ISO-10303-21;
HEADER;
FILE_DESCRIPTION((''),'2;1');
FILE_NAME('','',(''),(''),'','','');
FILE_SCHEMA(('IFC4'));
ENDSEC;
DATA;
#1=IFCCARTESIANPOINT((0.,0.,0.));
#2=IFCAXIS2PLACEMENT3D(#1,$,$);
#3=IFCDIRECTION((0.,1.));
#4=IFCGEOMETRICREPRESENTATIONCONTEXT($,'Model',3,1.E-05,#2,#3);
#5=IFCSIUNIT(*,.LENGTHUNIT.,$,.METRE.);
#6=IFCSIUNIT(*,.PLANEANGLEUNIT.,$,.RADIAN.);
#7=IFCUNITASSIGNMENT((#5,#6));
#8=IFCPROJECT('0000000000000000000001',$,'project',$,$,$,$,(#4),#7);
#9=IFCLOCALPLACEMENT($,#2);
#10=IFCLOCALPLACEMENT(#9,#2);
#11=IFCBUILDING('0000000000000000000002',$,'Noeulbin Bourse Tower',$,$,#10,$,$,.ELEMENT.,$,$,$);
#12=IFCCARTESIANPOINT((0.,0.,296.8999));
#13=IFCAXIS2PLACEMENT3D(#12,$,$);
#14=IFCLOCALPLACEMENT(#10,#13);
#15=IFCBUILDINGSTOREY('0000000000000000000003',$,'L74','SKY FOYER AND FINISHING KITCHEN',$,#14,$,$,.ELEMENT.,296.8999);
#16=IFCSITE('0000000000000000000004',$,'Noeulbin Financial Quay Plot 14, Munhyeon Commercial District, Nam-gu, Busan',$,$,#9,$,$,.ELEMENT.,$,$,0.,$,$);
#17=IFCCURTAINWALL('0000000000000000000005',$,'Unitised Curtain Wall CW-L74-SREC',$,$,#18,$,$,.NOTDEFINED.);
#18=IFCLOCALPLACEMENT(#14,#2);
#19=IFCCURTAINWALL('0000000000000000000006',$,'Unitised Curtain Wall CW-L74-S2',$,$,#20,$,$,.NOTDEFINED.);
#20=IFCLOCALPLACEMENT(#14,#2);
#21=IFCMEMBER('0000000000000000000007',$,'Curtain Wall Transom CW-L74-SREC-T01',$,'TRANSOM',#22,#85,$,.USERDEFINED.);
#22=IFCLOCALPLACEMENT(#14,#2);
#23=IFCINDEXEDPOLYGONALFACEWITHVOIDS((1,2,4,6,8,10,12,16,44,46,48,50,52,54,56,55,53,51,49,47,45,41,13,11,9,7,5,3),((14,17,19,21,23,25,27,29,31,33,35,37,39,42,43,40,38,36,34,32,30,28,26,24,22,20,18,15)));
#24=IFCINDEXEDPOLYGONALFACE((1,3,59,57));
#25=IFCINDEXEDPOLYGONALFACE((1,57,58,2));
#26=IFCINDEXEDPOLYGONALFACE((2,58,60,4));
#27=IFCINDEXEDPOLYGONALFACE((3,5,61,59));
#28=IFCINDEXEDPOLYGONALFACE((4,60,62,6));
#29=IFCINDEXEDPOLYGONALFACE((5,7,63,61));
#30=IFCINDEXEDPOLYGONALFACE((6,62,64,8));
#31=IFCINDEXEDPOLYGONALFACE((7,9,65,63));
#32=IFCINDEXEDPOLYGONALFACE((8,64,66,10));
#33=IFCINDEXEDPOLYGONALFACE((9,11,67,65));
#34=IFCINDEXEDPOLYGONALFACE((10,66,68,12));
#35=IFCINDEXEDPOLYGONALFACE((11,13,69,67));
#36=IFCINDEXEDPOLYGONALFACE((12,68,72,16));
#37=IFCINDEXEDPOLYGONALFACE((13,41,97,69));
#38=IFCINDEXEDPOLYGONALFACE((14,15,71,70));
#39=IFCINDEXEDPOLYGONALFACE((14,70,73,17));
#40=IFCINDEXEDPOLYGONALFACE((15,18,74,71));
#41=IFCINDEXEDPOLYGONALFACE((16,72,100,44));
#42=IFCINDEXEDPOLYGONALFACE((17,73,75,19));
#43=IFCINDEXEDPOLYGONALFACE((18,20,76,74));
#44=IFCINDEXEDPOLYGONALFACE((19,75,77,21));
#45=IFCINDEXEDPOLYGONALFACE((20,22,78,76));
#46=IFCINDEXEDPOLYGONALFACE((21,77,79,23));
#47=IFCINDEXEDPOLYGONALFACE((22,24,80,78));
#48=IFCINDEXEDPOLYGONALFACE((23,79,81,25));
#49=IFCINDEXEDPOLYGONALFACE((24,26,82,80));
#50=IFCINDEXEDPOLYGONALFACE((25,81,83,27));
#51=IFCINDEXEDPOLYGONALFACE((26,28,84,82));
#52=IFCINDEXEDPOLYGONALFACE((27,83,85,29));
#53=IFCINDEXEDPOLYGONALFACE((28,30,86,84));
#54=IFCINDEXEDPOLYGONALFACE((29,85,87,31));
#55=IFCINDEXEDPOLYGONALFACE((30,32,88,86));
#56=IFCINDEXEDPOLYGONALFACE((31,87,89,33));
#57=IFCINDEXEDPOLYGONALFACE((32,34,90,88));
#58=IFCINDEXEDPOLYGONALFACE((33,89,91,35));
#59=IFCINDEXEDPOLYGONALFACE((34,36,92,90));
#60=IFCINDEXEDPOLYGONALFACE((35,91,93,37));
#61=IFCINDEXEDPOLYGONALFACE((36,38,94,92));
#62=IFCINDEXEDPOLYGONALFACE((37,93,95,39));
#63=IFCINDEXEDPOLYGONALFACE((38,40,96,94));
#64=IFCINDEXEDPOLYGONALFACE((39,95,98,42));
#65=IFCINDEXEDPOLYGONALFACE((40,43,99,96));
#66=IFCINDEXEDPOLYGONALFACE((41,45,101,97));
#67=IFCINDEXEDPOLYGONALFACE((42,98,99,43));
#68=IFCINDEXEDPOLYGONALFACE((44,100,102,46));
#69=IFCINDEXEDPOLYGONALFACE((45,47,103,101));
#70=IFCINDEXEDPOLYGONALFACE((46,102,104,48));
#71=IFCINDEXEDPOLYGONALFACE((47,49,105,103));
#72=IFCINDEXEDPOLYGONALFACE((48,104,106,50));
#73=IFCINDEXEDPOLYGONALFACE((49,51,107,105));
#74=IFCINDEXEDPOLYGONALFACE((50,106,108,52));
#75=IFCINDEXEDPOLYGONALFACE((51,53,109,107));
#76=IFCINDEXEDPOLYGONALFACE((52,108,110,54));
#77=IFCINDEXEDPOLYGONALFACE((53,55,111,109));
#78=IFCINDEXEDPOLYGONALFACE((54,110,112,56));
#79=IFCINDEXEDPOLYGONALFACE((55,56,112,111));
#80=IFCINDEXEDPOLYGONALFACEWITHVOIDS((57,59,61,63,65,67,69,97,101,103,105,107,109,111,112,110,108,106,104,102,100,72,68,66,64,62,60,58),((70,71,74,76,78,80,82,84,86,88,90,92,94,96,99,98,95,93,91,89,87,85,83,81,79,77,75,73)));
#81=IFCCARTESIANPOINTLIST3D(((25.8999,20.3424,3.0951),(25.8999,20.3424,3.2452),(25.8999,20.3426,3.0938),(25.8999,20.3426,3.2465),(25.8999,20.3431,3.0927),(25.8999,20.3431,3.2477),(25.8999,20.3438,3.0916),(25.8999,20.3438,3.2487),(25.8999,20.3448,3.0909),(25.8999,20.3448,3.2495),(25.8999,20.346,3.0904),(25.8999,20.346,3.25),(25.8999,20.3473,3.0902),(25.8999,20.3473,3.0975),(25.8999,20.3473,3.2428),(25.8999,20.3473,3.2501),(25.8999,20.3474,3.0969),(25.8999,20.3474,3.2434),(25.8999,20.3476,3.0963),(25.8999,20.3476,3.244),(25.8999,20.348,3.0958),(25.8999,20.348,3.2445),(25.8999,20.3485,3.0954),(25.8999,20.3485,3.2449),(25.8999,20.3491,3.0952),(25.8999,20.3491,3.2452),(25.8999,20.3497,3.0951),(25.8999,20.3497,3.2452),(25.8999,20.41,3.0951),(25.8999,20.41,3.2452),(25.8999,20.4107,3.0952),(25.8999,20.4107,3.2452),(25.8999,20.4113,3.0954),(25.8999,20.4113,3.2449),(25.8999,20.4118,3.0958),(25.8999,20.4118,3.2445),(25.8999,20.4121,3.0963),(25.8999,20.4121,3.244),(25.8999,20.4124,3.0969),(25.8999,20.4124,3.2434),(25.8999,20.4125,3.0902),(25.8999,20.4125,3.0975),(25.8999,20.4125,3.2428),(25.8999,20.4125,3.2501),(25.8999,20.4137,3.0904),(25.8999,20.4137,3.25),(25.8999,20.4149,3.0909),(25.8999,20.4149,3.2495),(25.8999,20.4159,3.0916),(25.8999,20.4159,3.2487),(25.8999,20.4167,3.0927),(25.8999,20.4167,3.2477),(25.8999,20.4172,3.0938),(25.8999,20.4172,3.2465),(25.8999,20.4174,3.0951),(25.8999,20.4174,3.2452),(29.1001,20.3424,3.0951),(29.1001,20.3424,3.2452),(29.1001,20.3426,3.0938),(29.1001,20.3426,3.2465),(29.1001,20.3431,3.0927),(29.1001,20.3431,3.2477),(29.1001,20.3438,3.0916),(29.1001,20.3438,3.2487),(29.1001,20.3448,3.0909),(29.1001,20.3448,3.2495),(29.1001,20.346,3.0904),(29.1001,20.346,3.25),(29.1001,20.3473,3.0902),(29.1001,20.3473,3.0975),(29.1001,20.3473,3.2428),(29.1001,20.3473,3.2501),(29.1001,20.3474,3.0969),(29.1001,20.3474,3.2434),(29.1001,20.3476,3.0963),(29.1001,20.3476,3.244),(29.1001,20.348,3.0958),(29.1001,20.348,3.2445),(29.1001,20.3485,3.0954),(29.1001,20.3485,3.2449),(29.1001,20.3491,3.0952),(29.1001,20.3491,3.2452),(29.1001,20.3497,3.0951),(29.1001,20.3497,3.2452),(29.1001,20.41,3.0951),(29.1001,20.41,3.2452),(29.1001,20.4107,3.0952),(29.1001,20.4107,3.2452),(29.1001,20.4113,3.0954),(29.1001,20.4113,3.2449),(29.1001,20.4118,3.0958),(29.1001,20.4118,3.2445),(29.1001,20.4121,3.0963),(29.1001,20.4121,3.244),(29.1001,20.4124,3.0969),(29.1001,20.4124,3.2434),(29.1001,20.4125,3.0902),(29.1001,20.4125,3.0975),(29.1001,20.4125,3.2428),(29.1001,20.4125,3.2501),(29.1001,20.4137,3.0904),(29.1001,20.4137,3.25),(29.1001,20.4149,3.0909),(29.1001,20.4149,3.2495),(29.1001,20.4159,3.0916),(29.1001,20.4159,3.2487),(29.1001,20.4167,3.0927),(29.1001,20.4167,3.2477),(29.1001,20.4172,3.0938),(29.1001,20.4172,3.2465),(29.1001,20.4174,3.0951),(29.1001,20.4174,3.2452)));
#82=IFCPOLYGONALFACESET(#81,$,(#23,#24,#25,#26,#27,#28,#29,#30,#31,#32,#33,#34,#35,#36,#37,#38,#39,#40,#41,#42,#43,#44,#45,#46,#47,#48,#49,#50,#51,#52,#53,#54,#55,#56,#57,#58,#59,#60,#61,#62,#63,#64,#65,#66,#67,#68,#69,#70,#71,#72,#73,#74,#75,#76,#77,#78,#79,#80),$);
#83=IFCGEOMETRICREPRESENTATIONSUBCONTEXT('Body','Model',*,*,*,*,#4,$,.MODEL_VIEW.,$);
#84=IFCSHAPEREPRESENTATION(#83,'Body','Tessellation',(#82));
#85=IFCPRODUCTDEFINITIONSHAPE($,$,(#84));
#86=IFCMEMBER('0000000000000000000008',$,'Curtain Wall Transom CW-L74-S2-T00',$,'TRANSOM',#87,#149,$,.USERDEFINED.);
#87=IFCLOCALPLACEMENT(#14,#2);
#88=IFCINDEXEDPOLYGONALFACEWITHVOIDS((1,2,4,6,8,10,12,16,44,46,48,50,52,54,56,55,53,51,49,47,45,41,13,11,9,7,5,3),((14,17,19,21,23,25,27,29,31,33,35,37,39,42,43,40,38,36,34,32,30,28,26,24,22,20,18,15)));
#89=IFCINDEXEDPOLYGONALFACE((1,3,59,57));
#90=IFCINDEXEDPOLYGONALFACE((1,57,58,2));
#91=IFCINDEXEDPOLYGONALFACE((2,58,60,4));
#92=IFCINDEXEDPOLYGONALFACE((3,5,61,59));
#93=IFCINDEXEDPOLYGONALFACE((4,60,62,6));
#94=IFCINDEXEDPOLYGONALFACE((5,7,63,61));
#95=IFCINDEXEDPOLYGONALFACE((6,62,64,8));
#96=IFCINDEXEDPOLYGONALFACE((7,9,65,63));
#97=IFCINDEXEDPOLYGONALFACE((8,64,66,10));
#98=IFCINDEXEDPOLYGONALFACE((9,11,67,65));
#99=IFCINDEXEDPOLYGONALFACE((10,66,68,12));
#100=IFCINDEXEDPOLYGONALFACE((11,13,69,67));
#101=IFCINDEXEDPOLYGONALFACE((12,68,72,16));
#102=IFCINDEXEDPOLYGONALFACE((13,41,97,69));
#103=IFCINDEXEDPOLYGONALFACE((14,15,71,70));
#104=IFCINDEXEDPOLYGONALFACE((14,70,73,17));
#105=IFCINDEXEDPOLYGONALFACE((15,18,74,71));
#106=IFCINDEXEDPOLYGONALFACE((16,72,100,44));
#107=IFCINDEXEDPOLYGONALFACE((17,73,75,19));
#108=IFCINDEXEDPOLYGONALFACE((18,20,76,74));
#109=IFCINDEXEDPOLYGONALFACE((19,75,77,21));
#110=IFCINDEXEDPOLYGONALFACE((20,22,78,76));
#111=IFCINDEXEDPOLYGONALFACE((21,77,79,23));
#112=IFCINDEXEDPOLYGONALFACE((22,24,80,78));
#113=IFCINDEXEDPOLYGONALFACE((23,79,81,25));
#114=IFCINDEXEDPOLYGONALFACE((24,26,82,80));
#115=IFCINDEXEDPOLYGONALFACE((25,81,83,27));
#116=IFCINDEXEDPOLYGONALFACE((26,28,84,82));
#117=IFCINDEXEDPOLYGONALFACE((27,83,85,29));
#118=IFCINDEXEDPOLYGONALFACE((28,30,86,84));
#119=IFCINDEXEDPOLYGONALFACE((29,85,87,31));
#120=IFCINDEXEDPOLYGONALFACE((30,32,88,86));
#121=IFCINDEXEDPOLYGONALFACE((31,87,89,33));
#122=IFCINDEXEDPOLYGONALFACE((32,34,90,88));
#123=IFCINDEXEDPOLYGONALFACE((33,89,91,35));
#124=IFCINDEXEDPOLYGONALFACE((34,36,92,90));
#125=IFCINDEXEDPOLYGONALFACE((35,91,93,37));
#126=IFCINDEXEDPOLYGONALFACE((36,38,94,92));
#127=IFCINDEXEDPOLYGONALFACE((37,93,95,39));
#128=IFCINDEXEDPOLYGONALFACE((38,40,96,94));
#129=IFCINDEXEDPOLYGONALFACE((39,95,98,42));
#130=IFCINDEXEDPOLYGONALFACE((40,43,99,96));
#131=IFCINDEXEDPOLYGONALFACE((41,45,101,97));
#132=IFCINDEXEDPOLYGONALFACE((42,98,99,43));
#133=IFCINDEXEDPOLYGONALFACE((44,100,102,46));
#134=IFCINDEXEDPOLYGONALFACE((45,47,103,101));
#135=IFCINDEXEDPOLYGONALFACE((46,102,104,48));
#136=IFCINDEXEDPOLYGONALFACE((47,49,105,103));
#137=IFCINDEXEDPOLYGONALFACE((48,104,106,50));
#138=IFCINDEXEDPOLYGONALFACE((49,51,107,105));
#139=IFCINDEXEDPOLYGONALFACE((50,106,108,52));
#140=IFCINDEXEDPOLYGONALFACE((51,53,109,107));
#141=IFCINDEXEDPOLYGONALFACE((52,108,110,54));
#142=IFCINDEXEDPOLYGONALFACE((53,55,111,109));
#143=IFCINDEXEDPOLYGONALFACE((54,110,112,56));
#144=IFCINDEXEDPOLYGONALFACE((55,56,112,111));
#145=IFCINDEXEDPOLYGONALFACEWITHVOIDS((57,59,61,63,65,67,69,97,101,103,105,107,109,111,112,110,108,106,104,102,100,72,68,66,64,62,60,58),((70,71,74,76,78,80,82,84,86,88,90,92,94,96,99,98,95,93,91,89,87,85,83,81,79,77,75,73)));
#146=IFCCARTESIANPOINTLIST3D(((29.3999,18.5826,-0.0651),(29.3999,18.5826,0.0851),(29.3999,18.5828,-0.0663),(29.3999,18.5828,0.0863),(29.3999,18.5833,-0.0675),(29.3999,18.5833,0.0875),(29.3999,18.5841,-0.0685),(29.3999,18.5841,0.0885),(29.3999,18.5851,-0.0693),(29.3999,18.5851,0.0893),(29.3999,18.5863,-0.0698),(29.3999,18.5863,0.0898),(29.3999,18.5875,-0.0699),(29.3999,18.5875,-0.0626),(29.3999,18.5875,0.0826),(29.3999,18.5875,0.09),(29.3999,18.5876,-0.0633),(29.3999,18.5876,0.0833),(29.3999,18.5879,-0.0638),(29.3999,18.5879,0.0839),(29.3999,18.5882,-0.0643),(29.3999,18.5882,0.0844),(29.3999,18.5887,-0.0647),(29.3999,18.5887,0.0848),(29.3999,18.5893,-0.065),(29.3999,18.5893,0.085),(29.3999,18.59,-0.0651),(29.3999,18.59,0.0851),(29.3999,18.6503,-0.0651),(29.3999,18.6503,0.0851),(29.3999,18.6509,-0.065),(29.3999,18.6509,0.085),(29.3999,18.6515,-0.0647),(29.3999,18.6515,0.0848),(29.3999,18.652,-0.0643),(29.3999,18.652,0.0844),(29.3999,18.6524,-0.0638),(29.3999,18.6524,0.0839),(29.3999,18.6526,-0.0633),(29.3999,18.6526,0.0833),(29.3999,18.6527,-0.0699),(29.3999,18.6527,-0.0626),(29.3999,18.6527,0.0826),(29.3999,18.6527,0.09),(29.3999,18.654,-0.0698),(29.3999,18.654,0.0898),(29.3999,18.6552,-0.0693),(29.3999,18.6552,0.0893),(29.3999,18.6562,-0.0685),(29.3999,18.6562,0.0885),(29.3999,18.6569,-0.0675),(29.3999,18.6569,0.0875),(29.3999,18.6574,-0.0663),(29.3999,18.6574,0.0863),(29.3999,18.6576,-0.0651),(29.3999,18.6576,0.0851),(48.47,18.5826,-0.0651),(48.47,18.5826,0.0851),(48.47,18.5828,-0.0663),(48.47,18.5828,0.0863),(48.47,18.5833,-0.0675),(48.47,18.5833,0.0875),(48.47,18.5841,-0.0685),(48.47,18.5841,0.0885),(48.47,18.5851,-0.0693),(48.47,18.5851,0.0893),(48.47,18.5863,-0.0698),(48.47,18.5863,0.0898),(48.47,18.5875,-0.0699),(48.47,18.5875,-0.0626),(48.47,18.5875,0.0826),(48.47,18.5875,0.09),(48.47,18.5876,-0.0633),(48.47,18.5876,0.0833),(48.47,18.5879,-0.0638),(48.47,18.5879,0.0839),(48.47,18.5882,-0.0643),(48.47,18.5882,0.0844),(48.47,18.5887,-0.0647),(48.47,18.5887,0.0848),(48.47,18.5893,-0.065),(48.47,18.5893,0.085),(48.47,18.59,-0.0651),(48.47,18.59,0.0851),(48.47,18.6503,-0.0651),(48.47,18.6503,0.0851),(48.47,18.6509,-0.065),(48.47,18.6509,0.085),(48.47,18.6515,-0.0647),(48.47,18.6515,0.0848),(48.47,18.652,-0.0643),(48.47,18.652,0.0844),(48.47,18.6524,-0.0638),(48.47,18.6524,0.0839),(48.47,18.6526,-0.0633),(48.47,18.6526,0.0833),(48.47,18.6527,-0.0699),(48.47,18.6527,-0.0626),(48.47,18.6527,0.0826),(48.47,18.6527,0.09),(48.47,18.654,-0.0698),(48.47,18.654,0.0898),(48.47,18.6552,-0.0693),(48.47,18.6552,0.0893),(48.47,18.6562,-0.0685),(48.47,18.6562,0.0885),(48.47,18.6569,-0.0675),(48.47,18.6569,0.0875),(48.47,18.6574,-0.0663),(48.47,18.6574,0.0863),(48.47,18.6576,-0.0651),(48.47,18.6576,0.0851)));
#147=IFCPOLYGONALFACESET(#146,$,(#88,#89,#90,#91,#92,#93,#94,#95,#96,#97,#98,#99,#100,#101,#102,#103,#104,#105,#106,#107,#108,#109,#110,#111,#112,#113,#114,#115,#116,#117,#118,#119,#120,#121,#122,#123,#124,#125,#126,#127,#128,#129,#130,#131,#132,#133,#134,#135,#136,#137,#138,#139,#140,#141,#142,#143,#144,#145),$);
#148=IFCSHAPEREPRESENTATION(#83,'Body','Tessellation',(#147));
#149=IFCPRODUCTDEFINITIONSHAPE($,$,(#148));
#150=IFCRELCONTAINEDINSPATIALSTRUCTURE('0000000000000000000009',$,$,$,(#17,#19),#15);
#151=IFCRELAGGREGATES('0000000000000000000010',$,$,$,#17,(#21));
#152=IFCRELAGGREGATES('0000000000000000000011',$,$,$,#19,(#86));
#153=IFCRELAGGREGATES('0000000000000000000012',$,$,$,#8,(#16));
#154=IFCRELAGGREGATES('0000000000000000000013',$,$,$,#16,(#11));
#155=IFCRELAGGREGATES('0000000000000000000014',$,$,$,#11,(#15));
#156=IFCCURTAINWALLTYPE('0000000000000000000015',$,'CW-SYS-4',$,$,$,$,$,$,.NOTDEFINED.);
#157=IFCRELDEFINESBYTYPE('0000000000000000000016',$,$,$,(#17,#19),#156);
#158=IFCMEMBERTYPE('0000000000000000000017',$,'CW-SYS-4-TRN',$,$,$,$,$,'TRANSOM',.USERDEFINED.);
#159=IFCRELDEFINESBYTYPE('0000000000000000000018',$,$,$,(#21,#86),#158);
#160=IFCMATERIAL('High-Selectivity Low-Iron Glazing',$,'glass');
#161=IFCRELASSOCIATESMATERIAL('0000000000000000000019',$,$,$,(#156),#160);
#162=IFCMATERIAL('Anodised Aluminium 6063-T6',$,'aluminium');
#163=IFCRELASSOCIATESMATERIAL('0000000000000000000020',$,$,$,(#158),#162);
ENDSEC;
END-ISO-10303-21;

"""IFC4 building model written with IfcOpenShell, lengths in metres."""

from ifc_helpers import new_model, si_unit, direction, frame, origin, origin_2d, place, context, subcontext, project, spatial, hollow_rectangle, extrude, material, material_profile, profile_set, type_object, element, aggregate, save


model = new_model("IFC4")

# Units and contexts
model_context = context("Model", 3, precision=1e-05, world=origin(), true_north=direction((0.0, 1.0)))
body_context = subcontext(model_context, "Body", "Model", "MODEL_VIEW")
ifc_project = project(units=[si_unit("LENGTHUNIT", "METRE"), si_unit("PLANEANGLEUNIT", "RADIAN")], contexts=[model_context])

# Site, building, storey
site_placement = place(None, origin())
site = spatial("IfcSite", under=ifc_project, at=site_placement, Name="Noeulbin Financial Quay Plot 14, Munhyeon Commercial District, Nam-gu, Busan", CompositionType="ELEMENT", RefElevation=0.0)
building_placement = place(site_placement, origin())
building = spatial("IfcBuilding", under=site, at=building_placement, Name="Noeulbin Bourse Tower", CompositionType="ELEMENT")
storey_placement = place(building_placement, frame((0.0, 0.0, 296.8999)))
storey = spatial("IfcBuildingStorey", under=building, at=storey_placement, Name="L74", Description="SKY FOYER AND FINISHING KITCHEN", CompositionType="ELEMENT", Elevation=296.8999)

# Curtain wall
ifc_material_1 = material(Name="High-Selectivity Low-Iron Glazing", Category="glass")
curtain_wall_type = type_object("IfcCurtainWallType", Name="CW-SYS-4", PredefinedType="NOTDEFINED", material=ifc_material_1)
curtain_wall_1_placement = place(storey_placement, origin())
curtain_wall_1 = element("IfcCurtainWall", 1, at=curtain_wall_1_placement, inside=storey, type_object=curtain_wall_type, Name="Unitised Curtain Wall CW-L74-SREC", PredefinedType="NOTDEFINED")
ifc_material_2 = material(Name="Anodised Aluminium 6063-T6", Category="aluminium")

# Curtain wall
curtain_wall_2_placement = place(storey_placement, origin())
curtain_wall_2 = element("IfcCurtainWall", 2, at=curtain_wall_2_placement, inside=storey, type_object=curtain_wall_type, Name="Unitised Curtain Wall CW-L74-S2", PredefinedType="NOTDEFINED")

# Members
ifc_material_profile_1 = material_profile(ifc_material_2, hollow_rectangle(XDim=0.075, YDim=0.1599, WallThickness=0.0049, InnerFilletRadius=0.0024, OuterFilletRadius=0.0049, at=origin_2d()), Name="ALU-TRAN-75x160x5", Category="LoadBearing")
ifc_profile_set_1 = profile_set([ifc_material_profile_1], Name="Anodised Aluminium 6063-T6")
member_type_1 = type_object("IfcMemberType", Name="CW-SYS-4-TRN", ElementType="TRANSOM", PredefinedType="USERDEFINED", material=ifc_profile_set_1)
member_1_placement = place(storey_placement, frame((25.8999, 20.3799, 3.1702), z_axis=(1.0, 0.0, 0.0), x_axis=(0.0, 1.0, 0.0)))
member_1 = element("IfcMember", 3, at=member_1_placement, type_object=member_type_1, Name="Curtain Wall Transom CW-L74-SREC-T01", ObjectType="TRANSOM", PredefinedType="USERDEFINED", context=body_context, shape_type="SweptSolid", body=[
    extrude(hollow_rectangle(XDim=0.075, YDim=0.1599, WallThickness=0.0049, InnerFilletRadius=0.0024, OuterFilletRadius=0.0049, at=origin_2d()), origin(), (0.0, 0.0, 1.0), 3.2002),
])
member_2_placement = place(storey_placement, frame((29.3999, 18.6201, 0.01), z_axis=(1.0, 0.0, 0.0), x_axis=(0.0, 1.0, 0.0)))
member_2 = element("IfcMember", 4, at=member_2_placement, type_object=member_type_1, Name="Curtain Wall Transom CW-L74-S2-T00", ObjectType="TRANSOM", PredefinedType="USERDEFINED", context=body_context, shape_type="SweptSolid", body=[
    extrude(hollow_rectangle(XDim=0.075, YDim=0.1599, WallThickness=0.0049, InnerFilletRadius=0.0024, OuterFilletRadius=0.0049, at=origin_2d()), origin(), (0.0, 0.0, 1.0), 19.0701),
])

aggregate(curtain_wall_1, [member_1])
aggregate(curtain_wall_2, [member_2])

save(model, "model.ifc")
